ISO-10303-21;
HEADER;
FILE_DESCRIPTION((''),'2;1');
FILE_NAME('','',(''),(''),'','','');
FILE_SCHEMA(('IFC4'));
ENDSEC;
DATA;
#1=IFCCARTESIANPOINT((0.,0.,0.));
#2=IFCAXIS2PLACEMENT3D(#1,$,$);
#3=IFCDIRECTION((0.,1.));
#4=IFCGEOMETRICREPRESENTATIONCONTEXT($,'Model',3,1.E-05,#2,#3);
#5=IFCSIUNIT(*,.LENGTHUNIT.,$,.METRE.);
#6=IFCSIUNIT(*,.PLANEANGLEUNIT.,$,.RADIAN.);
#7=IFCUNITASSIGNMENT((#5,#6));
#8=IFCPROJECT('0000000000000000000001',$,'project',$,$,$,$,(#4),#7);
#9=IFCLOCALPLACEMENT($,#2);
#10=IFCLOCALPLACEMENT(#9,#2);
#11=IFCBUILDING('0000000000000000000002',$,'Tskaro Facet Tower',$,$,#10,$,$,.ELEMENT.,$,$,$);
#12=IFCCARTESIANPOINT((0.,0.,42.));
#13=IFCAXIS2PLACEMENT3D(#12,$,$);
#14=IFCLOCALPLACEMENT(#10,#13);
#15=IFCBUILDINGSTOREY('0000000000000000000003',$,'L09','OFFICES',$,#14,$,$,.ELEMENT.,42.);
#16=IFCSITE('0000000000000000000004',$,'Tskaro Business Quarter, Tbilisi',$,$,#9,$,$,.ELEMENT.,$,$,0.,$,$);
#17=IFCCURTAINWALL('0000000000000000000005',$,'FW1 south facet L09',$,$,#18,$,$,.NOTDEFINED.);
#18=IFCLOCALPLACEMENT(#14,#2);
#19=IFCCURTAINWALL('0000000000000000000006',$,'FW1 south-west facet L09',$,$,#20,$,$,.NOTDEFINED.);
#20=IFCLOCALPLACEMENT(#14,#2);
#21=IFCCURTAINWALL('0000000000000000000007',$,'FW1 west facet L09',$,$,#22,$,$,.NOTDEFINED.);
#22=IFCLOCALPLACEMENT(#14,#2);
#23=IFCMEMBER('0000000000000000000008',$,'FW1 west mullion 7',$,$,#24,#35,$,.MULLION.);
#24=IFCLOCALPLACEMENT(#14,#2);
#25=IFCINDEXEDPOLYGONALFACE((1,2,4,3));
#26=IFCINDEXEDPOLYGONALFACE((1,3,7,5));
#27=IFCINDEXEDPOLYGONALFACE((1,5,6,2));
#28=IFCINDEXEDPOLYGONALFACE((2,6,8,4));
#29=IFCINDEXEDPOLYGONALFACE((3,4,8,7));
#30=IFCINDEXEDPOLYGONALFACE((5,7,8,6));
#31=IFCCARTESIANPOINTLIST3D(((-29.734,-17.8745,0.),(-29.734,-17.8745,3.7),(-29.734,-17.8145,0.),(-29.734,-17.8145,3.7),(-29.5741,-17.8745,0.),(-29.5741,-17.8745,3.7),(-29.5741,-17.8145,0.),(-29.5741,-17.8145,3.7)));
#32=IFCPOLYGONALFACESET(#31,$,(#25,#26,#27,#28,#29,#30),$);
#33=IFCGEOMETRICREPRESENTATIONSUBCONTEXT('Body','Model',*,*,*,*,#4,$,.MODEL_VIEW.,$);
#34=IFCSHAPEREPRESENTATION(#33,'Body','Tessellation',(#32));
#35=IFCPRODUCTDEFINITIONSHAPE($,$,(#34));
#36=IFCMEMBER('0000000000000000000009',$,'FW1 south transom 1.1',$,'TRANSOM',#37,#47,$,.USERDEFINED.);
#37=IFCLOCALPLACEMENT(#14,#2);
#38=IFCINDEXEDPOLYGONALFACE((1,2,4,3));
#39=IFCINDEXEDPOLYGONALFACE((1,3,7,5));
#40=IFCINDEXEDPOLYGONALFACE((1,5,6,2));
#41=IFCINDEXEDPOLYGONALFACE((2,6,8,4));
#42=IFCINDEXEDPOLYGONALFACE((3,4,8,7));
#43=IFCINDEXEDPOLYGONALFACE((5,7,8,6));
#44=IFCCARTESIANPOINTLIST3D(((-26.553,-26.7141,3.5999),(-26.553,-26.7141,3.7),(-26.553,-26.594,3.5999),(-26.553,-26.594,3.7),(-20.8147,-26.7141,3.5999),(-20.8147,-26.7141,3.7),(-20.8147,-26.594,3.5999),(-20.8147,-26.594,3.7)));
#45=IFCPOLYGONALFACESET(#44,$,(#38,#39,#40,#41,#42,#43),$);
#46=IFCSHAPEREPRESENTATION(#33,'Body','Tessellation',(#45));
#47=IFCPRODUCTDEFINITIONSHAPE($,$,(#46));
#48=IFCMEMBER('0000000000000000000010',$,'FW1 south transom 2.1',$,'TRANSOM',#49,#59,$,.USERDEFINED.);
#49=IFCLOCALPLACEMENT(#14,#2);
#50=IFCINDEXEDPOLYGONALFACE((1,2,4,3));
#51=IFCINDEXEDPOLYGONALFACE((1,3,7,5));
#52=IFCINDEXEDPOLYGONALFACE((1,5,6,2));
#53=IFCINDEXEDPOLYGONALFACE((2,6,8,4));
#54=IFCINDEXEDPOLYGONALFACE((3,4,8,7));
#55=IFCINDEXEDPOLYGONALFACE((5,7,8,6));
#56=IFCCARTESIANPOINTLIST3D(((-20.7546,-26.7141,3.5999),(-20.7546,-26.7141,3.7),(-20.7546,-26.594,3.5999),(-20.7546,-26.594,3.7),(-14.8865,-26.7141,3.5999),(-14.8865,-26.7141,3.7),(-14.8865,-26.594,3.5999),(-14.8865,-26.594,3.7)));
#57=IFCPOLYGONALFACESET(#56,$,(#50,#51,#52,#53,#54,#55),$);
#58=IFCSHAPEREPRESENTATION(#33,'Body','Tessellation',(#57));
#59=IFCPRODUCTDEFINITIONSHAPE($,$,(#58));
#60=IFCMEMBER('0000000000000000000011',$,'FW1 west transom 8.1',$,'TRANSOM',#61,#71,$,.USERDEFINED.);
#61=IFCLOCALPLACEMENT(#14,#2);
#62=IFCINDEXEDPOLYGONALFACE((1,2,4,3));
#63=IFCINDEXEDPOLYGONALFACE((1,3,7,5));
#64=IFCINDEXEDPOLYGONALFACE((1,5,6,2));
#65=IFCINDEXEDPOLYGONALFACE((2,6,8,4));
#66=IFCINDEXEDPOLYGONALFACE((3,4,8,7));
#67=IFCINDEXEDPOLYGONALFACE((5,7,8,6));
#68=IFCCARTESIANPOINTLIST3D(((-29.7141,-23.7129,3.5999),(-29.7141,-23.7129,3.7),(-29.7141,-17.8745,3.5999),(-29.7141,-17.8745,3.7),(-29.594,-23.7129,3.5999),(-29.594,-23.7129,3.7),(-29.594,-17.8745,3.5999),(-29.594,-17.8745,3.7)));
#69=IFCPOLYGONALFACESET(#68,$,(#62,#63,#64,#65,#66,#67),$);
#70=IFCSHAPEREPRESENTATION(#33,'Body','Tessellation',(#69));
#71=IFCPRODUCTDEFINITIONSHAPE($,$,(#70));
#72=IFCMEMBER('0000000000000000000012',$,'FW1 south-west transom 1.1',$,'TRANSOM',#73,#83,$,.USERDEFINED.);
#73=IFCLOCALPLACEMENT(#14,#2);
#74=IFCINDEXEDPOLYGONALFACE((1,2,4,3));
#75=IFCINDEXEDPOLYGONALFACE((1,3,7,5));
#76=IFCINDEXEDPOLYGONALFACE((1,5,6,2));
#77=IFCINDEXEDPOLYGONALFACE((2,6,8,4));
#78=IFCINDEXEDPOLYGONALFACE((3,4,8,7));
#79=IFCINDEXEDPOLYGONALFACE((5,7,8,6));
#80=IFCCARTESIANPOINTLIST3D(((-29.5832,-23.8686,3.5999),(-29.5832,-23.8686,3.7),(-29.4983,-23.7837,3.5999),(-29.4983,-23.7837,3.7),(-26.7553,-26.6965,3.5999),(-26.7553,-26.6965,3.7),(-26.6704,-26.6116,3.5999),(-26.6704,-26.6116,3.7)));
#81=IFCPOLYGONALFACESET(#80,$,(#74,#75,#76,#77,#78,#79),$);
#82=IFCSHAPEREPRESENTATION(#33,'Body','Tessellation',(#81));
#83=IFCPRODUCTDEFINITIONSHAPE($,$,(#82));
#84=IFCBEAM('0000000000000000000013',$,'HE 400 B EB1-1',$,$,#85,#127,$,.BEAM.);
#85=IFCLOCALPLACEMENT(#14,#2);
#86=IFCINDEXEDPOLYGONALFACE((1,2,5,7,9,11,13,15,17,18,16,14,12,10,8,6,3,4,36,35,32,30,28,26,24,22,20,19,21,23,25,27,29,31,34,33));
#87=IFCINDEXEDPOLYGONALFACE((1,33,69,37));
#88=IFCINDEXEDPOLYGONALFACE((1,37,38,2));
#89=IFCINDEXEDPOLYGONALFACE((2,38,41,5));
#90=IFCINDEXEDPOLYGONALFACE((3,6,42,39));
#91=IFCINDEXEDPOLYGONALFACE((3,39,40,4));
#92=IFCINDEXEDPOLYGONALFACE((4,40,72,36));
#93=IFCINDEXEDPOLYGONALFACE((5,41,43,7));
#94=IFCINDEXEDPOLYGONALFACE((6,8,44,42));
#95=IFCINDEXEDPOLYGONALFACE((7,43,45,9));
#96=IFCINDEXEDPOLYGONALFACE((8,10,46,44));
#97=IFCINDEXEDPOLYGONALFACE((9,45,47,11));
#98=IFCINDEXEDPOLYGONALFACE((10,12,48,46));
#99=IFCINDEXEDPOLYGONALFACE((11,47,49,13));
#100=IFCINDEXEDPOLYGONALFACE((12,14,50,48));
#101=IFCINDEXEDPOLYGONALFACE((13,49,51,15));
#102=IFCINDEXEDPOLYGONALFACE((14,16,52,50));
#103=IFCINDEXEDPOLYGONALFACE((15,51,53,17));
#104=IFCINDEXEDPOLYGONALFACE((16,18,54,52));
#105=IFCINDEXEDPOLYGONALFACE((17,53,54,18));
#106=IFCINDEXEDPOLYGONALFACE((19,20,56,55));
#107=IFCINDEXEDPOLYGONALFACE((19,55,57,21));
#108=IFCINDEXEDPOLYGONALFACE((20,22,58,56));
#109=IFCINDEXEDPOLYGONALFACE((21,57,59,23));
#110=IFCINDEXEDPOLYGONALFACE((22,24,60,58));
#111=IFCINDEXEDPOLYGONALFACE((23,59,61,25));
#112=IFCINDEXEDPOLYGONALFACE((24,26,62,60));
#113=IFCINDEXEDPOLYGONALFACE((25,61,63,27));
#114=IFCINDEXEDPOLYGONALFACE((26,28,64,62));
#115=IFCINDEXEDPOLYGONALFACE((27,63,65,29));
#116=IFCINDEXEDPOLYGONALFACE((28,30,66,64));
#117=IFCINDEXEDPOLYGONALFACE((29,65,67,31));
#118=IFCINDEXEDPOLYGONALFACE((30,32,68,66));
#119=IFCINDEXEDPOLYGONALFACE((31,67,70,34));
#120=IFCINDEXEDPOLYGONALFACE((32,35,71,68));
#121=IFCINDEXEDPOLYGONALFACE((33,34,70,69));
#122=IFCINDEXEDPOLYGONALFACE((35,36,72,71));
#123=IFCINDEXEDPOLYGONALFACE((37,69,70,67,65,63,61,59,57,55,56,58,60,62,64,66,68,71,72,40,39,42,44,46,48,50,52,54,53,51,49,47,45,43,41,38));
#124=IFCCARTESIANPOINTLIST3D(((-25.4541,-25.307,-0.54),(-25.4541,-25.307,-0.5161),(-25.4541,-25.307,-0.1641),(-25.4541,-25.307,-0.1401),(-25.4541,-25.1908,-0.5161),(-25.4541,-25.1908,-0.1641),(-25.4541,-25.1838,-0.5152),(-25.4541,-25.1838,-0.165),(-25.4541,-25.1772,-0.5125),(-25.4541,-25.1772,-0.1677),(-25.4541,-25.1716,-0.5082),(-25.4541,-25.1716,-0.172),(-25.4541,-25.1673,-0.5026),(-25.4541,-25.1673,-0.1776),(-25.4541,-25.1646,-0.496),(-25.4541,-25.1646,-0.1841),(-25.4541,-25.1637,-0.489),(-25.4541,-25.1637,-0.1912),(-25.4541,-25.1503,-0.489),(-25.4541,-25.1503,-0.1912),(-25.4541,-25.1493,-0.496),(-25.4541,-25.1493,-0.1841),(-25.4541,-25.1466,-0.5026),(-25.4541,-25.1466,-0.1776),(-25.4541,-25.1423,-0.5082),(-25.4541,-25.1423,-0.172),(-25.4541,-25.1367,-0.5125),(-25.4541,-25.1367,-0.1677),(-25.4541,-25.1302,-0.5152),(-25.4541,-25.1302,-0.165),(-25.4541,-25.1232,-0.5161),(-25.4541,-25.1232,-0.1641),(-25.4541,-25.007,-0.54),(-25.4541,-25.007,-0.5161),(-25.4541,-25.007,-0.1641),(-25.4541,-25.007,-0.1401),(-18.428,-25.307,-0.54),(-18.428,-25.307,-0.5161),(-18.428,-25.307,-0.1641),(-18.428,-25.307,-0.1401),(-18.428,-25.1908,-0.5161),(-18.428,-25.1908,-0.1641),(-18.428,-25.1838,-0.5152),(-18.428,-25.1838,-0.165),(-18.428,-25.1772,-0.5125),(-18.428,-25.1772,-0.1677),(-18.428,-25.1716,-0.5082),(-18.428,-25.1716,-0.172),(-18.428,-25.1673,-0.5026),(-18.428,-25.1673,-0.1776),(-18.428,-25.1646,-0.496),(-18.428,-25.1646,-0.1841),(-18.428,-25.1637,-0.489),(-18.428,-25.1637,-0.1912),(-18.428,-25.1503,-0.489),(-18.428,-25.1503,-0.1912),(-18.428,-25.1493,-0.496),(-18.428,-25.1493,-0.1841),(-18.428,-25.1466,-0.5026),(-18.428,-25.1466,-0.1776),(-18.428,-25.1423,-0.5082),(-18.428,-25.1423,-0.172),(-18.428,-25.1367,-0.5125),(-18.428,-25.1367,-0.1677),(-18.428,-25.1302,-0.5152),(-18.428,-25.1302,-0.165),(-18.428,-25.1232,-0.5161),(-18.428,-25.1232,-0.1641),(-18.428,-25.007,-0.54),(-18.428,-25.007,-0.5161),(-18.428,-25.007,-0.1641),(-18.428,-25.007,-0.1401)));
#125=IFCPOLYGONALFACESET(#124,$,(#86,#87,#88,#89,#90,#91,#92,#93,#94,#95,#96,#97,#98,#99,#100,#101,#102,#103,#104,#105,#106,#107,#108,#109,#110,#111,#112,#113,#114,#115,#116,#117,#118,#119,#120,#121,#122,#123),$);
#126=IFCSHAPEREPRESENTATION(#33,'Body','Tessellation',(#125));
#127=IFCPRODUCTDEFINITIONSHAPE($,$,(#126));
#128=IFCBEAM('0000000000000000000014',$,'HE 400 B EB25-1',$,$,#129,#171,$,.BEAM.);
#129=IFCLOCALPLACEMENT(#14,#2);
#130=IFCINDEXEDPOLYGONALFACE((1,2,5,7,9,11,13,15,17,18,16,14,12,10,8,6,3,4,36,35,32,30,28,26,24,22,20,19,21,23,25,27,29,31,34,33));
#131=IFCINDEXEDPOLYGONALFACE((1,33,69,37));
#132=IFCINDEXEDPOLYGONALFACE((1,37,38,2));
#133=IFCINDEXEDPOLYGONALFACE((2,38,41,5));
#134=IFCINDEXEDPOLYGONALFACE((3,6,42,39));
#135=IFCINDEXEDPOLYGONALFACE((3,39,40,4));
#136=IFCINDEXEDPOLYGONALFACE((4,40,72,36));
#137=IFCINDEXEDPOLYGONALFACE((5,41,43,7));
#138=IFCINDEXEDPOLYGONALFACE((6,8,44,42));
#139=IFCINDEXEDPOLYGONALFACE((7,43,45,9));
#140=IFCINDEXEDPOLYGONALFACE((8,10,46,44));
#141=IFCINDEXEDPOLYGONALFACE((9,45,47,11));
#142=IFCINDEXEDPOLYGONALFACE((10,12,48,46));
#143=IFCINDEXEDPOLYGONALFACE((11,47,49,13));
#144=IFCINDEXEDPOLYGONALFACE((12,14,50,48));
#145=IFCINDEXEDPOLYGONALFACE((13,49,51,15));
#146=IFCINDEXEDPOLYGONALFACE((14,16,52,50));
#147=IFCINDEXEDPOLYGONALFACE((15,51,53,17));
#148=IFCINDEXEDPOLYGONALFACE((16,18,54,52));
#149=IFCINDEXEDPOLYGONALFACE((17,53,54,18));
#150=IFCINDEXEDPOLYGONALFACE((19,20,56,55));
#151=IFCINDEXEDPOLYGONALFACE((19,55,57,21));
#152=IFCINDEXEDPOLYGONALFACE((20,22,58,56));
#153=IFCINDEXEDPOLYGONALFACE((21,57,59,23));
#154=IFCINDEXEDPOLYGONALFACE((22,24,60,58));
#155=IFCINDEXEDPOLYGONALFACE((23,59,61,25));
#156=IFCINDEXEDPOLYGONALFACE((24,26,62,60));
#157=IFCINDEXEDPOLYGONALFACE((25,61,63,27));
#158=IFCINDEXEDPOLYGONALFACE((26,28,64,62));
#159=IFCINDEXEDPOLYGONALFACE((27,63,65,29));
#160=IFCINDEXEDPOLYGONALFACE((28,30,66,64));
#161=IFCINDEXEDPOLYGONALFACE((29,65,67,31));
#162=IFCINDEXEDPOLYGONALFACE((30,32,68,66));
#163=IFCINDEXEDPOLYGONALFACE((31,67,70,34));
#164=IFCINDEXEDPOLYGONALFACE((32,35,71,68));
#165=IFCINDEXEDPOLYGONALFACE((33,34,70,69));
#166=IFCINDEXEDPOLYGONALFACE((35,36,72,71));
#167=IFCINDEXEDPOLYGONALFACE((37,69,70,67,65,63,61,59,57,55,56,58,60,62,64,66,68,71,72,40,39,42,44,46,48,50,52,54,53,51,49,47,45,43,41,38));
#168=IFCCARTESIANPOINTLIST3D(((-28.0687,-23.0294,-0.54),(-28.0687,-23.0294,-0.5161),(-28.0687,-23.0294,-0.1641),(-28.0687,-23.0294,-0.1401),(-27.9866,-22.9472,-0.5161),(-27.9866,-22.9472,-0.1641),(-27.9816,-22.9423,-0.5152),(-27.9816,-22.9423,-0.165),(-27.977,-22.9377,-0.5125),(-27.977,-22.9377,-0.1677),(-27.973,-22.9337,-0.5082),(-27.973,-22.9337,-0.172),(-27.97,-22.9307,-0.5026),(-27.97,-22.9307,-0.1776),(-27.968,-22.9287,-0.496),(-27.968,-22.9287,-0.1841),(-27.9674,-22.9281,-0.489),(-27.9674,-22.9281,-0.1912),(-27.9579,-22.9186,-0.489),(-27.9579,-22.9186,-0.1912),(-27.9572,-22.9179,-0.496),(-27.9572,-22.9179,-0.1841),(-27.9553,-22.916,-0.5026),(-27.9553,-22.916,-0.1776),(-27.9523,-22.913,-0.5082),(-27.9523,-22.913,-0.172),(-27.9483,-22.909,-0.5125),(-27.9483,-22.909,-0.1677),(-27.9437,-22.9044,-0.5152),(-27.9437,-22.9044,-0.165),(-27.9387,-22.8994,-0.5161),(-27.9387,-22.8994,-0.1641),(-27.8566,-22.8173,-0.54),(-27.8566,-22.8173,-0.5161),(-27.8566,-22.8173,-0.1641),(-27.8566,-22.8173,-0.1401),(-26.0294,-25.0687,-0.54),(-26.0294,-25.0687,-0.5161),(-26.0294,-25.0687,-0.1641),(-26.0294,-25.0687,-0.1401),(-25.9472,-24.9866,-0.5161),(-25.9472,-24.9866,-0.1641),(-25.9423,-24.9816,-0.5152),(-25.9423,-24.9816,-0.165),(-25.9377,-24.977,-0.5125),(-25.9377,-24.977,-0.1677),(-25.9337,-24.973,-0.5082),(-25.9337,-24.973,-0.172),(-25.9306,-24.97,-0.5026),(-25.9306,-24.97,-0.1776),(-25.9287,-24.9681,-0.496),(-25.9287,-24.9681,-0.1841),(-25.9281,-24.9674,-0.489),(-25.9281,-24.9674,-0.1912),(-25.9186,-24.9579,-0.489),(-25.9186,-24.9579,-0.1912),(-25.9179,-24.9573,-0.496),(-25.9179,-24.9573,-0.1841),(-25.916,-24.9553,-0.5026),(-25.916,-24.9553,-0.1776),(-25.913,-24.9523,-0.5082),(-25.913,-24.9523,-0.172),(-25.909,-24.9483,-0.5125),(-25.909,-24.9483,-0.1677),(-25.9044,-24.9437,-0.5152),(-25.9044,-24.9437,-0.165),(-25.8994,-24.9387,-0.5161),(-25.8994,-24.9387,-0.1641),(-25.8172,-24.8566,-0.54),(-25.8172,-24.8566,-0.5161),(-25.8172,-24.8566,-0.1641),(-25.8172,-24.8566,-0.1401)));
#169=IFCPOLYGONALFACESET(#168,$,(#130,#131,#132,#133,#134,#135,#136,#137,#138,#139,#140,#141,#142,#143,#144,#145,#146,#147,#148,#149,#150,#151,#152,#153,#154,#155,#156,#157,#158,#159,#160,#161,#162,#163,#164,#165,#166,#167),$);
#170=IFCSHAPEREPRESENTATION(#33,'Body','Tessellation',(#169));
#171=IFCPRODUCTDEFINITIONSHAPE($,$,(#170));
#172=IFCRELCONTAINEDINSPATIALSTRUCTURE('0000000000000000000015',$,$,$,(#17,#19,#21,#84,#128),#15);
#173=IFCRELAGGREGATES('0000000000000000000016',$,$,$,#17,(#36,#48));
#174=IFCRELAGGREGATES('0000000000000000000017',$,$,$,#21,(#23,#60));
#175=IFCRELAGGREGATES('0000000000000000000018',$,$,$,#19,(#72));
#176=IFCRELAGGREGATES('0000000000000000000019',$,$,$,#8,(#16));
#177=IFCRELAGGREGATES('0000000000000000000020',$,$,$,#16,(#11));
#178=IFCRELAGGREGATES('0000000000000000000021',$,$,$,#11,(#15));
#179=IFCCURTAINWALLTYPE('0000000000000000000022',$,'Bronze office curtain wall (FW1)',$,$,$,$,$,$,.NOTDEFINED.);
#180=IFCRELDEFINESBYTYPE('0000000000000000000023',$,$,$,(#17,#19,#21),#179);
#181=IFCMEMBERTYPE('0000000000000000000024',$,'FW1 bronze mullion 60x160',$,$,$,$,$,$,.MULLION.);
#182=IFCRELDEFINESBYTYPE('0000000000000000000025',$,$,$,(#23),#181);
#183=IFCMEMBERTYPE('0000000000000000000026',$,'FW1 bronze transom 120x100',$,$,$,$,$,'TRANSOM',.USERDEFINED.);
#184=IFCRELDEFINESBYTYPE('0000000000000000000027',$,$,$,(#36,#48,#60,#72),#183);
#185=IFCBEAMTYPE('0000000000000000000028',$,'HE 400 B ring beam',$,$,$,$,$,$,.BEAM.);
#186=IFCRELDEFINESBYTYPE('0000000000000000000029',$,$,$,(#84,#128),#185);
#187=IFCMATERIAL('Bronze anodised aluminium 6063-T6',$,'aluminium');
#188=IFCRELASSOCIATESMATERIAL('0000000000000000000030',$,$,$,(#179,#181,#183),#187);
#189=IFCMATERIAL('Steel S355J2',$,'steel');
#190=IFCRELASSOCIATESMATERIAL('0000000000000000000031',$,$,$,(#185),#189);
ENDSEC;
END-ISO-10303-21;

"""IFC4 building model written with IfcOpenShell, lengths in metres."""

from ifc_helpers import new_model, si_unit, direction, frame, origin, origin_2d, place, context, subcontext, project, spatial, rectangle, i_section, extrude, material, material_profile, profile_set, type_object, element, aggregate, save


model = new_model("IFC4")

# Units and contexts
model_context = context("Model", 3, precision=1e-05, world=origin(), true_north=direction((0.0, 1.0)))
body_context = subcontext(model_context, "Body", "Model", "MODEL_VIEW")
ifc_project = project(units=[si_unit("LENGTHUNIT", "METRE"), si_unit("PLANEANGLEUNIT", "RADIAN")], contexts=[model_context])

# Site, building, storey
site_placement = place(None, origin())
site = spatial("IfcSite", under=ifc_project, at=site_placement, Name="Tskaro Business Quarter, Tbilisi", CompositionType="ELEMENT", RefElevation=0.0)
building_placement = place(site_placement, origin())
building = spatial("IfcBuilding", under=site, at=building_placement, Name="Tskaro Facet Tower", CompositionType="ELEMENT")
storey_placement = place(building_placement, frame((0.0, 0.0, 42.0)))
storey = spatial("IfcBuildingStorey", under=building, at=storey_placement, Name="L09", Description="OFFICES", CompositionType="ELEMENT", Elevation=42.0)

# Curtain walls
ifc_material_1 = material(Name="Bronze anodised aluminium 6063-T6", Category="aluminium")
curtain_wall_type = type_object("IfcCurtainWallType", Name="Bronze office curtain wall (FW1)", PredefinedType="NOTDEFINED", material=ifc_material_1)
curtain_wall_1_placement = place(storey_placement, origin())
curtain_wall_1 = element("IfcCurtainWall", 1, at=curtain_wall_1_placement, inside=storey, type_object=curtain_wall_type, Name="FW1 south facet L09", PredefinedType="NOTDEFINED")
curtain_wall_2_placement = place(storey_placement, origin())
curtain_wall_2 = element("IfcCurtainWall", 2, at=curtain_wall_2_placement, inside=storey, type_object=curtain_wall_type, Name="FW1 south-west facet L09", PredefinedType="NOTDEFINED")

# Shared definitions
ifc_material_profile_1 = material_profile(ifc_material_1, rectangle(XDim=0.0601, YDim=0.1599, at=origin_2d()), Name="Mullion 60x160")
ifc_profile_set_1 = profile_set([ifc_material_profile_1], Name="Bronze anodised aluminium 6063-T6")
member_type_1 = type_object("IfcMemberType", Name="FW1 bronze mullion 60x160", PredefinedType="MULLION", material=ifc_profile_set_1)

# Curtain wall, member
curtain_wall_3_placement = place(storey_placement, origin())
curtain_wall_3 = element("IfcCurtainWall", 3, at=curtain_wall_3_placement, inside=storey, type_object=curtain_wall_type, Name="FW1 west facet L09", PredefinedType="NOTDEFINED")
member_1_placement = place(storey_placement, frame((-29.6541, -17.8445, 0.0), z_axis=(0.0, 0.0, 1.0), x_axis=(0.0, -1.0, 0.0)))
member_1 = element("IfcMember", 4, at=member_1_placement, type_object=member_type_1, Name="FW1 west mullion 7", PredefinedType="MULLION", context=body_context, shape_type="SweptSolid", body=[
    extrude(rectangle(XDim=0.0601, YDim=0.1599, at=origin_2d()), origin(), (0.0, 0.0, 1.0), 3.7),
])

# Members
ifc_material_profile_2 = material_profile(ifc_material_1, rectangle(XDim=0.1201, YDim=0.1001, at=origin_2d()), Name="Transom 120x100")
ifc_profile_set_2 = profile_set([ifc_material_profile_2], Name="Bronze anodised aluminium 6063-T6")
member_type_2 = type_object("IfcMemberType", Name="FW1 bronze transom 120x100", ElementType="TRANSOM", PredefinedType="USERDEFINED", material=ifc_profile_set_2)
member_2_placement = place(storey_placement, frame((-26.553, -26.6541, 3.6499), z_axis=(1.0, 0.0, 0.0), x_axis=(0.0, 1.0, 0.0)))
member_2 = element("IfcMember", 5, at=member_2_placement, type_object=member_type_2, Name="FW1 south transom 1.1", ObjectType="TRANSOM", PredefinedType="USERDEFINED", context=body_context, shape_type="SweptSolid", body=[
    extrude(rectangle(XDim=0.1201, YDim=0.1001, at=origin_2d()), origin(), (0.0, 0.0, 1.0), 5.7383),
])
member_3_placement = place(storey_placement, frame((-20.7546, -26.6541, 3.6499), z_axis=(1.0, 0.0, 0.0), x_axis=(0.0, 1.0, 0.0)))
member_3 = element("IfcMember", 6, at=member_3_placement, type_object=member_type_2, Name="FW1 south transom 2.1", ObjectType="TRANSOM", PredefinedType="USERDEFINED", context=body_context, shape_type="SweptSolid", body=[
    extrude(rectangle(XDim=0.1201, YDim=0.1001, at=origin_2d()), origin(), (0.0, 0.0, 1.0), 5.8682),
])
member_4_placement = place(storey_placement, frame((-29.6541, -17.8745, 3.6499), z_axis=(0.0, -1.0, 0.0), x_axis=(1.0, 0.0, 0.0)))
member_4 = element("IfcMember", 7, at=member_4_placement, type_object=member_type_2, Name="FW1 west transom 8.1", ObjectType="TRANSOM", PredefinedType="USERDEFINED", context=body_context, shape_type="SweptSolid", body=[
    extrude(rectangle(XDim=0.1201, YDim=0.1001, at=origin_2d()), origin(), (0.0, 0.0, 1.0), 5.8384),
])
member_5_placement = place(storey_placement, frame((-29.5408, -23.8262, 3.6499), z_axis=(0.707107, -0.707107, 0.0), x_axis=(0.707107, 0.707107, 0.0)))
member_5 = element("IfcMember", 8, at=member_5_placement, type_object=member_type_2, Name="FW1 south-west transom 1.1", ObjectType="TRANSOM", PredefinedType="USERDEFINED", context=body_context, shape_type="SweptSolid", body=[
    extrude(rectangle(XDim=0.1201, YDim=0.1001, at=origin_2d()), origin(), (0.0, 0.0, 1.0), 3.9993),
])

# Beams
ifc_material_2 = material(Name="Steel S355J2", Category="steel")
ifc_material_profile_3 = material_profile(ifc_material_2, i_section(OverallWidth=0.3, OverallDepth=0.3999, WebThickness=0.0134, FlangeThickness=0.0239, FilletRadius=0.0271, at=origin_2d()), Name="HE 400 B")
ifc_profile_set_3 = profile_set([ifc_material_profile_3], Name="Steel S355J2")
beam_type_1 = type_object("IfcBeamType", Name="HE 400 B ring beam", PredefinedType="BEAM", material=ifc_profile_set_3)
beam_1_placement = place(storey_placement, frame((-25.4541, -25.157, -0.3401), z_axis=(1.0, 0.0, 0.0), x_axis=(0.0, 1.0, 0.0)))
element("IfcBeam", 9, at=beam_1_placement, inside=storey, type_object=beam_type_1, Name="HE 400 B EB1-1", PredefinedType="BEAM", context=body_context, shape_type="SweptSolid", body=[
    extrude(i_section(OverallWidth=0.3, OverallDepth=0.3999, WebThickness=0.0134, FlangeThickness=0.0239, FilletRadius=0.0271, at=origin_2d()), origin(), (0.0, 0.0, 1.0), 7.0261),
])
beam_2_placement = place(storey_placement, frame((-27.9626, -22.9233, -0.3401), z_axis=(0.707107, -0.707107, 0.0), x_axis=(0.707107, 0.707107, 0.0)))
element("IfcBeam", 10, at=beam_2_placement, inside=storey, type_object=beam_type_1, Name="HE 400 B EB25-1", PredefinedType="BEAM", context=body_context, shape_type="SweptSolid", body=[
    extrude(i_section(OverallWidth=0.3, OverallDepth=0.3999, WebThickness=0.0134, FlangeThickness=0.0239, FilletRadius=0.0271, at=origin_2d()), origin(), (0.0, 0.0, 1.0), 2.884),
])

aggregate(curtain_wall_1, [member_2, member_3])
aggregate(curtain_wall_3, [member_1, member_4])
aggregate(curtain_wall_2, [member_5])

save(model, "model.ifc")
